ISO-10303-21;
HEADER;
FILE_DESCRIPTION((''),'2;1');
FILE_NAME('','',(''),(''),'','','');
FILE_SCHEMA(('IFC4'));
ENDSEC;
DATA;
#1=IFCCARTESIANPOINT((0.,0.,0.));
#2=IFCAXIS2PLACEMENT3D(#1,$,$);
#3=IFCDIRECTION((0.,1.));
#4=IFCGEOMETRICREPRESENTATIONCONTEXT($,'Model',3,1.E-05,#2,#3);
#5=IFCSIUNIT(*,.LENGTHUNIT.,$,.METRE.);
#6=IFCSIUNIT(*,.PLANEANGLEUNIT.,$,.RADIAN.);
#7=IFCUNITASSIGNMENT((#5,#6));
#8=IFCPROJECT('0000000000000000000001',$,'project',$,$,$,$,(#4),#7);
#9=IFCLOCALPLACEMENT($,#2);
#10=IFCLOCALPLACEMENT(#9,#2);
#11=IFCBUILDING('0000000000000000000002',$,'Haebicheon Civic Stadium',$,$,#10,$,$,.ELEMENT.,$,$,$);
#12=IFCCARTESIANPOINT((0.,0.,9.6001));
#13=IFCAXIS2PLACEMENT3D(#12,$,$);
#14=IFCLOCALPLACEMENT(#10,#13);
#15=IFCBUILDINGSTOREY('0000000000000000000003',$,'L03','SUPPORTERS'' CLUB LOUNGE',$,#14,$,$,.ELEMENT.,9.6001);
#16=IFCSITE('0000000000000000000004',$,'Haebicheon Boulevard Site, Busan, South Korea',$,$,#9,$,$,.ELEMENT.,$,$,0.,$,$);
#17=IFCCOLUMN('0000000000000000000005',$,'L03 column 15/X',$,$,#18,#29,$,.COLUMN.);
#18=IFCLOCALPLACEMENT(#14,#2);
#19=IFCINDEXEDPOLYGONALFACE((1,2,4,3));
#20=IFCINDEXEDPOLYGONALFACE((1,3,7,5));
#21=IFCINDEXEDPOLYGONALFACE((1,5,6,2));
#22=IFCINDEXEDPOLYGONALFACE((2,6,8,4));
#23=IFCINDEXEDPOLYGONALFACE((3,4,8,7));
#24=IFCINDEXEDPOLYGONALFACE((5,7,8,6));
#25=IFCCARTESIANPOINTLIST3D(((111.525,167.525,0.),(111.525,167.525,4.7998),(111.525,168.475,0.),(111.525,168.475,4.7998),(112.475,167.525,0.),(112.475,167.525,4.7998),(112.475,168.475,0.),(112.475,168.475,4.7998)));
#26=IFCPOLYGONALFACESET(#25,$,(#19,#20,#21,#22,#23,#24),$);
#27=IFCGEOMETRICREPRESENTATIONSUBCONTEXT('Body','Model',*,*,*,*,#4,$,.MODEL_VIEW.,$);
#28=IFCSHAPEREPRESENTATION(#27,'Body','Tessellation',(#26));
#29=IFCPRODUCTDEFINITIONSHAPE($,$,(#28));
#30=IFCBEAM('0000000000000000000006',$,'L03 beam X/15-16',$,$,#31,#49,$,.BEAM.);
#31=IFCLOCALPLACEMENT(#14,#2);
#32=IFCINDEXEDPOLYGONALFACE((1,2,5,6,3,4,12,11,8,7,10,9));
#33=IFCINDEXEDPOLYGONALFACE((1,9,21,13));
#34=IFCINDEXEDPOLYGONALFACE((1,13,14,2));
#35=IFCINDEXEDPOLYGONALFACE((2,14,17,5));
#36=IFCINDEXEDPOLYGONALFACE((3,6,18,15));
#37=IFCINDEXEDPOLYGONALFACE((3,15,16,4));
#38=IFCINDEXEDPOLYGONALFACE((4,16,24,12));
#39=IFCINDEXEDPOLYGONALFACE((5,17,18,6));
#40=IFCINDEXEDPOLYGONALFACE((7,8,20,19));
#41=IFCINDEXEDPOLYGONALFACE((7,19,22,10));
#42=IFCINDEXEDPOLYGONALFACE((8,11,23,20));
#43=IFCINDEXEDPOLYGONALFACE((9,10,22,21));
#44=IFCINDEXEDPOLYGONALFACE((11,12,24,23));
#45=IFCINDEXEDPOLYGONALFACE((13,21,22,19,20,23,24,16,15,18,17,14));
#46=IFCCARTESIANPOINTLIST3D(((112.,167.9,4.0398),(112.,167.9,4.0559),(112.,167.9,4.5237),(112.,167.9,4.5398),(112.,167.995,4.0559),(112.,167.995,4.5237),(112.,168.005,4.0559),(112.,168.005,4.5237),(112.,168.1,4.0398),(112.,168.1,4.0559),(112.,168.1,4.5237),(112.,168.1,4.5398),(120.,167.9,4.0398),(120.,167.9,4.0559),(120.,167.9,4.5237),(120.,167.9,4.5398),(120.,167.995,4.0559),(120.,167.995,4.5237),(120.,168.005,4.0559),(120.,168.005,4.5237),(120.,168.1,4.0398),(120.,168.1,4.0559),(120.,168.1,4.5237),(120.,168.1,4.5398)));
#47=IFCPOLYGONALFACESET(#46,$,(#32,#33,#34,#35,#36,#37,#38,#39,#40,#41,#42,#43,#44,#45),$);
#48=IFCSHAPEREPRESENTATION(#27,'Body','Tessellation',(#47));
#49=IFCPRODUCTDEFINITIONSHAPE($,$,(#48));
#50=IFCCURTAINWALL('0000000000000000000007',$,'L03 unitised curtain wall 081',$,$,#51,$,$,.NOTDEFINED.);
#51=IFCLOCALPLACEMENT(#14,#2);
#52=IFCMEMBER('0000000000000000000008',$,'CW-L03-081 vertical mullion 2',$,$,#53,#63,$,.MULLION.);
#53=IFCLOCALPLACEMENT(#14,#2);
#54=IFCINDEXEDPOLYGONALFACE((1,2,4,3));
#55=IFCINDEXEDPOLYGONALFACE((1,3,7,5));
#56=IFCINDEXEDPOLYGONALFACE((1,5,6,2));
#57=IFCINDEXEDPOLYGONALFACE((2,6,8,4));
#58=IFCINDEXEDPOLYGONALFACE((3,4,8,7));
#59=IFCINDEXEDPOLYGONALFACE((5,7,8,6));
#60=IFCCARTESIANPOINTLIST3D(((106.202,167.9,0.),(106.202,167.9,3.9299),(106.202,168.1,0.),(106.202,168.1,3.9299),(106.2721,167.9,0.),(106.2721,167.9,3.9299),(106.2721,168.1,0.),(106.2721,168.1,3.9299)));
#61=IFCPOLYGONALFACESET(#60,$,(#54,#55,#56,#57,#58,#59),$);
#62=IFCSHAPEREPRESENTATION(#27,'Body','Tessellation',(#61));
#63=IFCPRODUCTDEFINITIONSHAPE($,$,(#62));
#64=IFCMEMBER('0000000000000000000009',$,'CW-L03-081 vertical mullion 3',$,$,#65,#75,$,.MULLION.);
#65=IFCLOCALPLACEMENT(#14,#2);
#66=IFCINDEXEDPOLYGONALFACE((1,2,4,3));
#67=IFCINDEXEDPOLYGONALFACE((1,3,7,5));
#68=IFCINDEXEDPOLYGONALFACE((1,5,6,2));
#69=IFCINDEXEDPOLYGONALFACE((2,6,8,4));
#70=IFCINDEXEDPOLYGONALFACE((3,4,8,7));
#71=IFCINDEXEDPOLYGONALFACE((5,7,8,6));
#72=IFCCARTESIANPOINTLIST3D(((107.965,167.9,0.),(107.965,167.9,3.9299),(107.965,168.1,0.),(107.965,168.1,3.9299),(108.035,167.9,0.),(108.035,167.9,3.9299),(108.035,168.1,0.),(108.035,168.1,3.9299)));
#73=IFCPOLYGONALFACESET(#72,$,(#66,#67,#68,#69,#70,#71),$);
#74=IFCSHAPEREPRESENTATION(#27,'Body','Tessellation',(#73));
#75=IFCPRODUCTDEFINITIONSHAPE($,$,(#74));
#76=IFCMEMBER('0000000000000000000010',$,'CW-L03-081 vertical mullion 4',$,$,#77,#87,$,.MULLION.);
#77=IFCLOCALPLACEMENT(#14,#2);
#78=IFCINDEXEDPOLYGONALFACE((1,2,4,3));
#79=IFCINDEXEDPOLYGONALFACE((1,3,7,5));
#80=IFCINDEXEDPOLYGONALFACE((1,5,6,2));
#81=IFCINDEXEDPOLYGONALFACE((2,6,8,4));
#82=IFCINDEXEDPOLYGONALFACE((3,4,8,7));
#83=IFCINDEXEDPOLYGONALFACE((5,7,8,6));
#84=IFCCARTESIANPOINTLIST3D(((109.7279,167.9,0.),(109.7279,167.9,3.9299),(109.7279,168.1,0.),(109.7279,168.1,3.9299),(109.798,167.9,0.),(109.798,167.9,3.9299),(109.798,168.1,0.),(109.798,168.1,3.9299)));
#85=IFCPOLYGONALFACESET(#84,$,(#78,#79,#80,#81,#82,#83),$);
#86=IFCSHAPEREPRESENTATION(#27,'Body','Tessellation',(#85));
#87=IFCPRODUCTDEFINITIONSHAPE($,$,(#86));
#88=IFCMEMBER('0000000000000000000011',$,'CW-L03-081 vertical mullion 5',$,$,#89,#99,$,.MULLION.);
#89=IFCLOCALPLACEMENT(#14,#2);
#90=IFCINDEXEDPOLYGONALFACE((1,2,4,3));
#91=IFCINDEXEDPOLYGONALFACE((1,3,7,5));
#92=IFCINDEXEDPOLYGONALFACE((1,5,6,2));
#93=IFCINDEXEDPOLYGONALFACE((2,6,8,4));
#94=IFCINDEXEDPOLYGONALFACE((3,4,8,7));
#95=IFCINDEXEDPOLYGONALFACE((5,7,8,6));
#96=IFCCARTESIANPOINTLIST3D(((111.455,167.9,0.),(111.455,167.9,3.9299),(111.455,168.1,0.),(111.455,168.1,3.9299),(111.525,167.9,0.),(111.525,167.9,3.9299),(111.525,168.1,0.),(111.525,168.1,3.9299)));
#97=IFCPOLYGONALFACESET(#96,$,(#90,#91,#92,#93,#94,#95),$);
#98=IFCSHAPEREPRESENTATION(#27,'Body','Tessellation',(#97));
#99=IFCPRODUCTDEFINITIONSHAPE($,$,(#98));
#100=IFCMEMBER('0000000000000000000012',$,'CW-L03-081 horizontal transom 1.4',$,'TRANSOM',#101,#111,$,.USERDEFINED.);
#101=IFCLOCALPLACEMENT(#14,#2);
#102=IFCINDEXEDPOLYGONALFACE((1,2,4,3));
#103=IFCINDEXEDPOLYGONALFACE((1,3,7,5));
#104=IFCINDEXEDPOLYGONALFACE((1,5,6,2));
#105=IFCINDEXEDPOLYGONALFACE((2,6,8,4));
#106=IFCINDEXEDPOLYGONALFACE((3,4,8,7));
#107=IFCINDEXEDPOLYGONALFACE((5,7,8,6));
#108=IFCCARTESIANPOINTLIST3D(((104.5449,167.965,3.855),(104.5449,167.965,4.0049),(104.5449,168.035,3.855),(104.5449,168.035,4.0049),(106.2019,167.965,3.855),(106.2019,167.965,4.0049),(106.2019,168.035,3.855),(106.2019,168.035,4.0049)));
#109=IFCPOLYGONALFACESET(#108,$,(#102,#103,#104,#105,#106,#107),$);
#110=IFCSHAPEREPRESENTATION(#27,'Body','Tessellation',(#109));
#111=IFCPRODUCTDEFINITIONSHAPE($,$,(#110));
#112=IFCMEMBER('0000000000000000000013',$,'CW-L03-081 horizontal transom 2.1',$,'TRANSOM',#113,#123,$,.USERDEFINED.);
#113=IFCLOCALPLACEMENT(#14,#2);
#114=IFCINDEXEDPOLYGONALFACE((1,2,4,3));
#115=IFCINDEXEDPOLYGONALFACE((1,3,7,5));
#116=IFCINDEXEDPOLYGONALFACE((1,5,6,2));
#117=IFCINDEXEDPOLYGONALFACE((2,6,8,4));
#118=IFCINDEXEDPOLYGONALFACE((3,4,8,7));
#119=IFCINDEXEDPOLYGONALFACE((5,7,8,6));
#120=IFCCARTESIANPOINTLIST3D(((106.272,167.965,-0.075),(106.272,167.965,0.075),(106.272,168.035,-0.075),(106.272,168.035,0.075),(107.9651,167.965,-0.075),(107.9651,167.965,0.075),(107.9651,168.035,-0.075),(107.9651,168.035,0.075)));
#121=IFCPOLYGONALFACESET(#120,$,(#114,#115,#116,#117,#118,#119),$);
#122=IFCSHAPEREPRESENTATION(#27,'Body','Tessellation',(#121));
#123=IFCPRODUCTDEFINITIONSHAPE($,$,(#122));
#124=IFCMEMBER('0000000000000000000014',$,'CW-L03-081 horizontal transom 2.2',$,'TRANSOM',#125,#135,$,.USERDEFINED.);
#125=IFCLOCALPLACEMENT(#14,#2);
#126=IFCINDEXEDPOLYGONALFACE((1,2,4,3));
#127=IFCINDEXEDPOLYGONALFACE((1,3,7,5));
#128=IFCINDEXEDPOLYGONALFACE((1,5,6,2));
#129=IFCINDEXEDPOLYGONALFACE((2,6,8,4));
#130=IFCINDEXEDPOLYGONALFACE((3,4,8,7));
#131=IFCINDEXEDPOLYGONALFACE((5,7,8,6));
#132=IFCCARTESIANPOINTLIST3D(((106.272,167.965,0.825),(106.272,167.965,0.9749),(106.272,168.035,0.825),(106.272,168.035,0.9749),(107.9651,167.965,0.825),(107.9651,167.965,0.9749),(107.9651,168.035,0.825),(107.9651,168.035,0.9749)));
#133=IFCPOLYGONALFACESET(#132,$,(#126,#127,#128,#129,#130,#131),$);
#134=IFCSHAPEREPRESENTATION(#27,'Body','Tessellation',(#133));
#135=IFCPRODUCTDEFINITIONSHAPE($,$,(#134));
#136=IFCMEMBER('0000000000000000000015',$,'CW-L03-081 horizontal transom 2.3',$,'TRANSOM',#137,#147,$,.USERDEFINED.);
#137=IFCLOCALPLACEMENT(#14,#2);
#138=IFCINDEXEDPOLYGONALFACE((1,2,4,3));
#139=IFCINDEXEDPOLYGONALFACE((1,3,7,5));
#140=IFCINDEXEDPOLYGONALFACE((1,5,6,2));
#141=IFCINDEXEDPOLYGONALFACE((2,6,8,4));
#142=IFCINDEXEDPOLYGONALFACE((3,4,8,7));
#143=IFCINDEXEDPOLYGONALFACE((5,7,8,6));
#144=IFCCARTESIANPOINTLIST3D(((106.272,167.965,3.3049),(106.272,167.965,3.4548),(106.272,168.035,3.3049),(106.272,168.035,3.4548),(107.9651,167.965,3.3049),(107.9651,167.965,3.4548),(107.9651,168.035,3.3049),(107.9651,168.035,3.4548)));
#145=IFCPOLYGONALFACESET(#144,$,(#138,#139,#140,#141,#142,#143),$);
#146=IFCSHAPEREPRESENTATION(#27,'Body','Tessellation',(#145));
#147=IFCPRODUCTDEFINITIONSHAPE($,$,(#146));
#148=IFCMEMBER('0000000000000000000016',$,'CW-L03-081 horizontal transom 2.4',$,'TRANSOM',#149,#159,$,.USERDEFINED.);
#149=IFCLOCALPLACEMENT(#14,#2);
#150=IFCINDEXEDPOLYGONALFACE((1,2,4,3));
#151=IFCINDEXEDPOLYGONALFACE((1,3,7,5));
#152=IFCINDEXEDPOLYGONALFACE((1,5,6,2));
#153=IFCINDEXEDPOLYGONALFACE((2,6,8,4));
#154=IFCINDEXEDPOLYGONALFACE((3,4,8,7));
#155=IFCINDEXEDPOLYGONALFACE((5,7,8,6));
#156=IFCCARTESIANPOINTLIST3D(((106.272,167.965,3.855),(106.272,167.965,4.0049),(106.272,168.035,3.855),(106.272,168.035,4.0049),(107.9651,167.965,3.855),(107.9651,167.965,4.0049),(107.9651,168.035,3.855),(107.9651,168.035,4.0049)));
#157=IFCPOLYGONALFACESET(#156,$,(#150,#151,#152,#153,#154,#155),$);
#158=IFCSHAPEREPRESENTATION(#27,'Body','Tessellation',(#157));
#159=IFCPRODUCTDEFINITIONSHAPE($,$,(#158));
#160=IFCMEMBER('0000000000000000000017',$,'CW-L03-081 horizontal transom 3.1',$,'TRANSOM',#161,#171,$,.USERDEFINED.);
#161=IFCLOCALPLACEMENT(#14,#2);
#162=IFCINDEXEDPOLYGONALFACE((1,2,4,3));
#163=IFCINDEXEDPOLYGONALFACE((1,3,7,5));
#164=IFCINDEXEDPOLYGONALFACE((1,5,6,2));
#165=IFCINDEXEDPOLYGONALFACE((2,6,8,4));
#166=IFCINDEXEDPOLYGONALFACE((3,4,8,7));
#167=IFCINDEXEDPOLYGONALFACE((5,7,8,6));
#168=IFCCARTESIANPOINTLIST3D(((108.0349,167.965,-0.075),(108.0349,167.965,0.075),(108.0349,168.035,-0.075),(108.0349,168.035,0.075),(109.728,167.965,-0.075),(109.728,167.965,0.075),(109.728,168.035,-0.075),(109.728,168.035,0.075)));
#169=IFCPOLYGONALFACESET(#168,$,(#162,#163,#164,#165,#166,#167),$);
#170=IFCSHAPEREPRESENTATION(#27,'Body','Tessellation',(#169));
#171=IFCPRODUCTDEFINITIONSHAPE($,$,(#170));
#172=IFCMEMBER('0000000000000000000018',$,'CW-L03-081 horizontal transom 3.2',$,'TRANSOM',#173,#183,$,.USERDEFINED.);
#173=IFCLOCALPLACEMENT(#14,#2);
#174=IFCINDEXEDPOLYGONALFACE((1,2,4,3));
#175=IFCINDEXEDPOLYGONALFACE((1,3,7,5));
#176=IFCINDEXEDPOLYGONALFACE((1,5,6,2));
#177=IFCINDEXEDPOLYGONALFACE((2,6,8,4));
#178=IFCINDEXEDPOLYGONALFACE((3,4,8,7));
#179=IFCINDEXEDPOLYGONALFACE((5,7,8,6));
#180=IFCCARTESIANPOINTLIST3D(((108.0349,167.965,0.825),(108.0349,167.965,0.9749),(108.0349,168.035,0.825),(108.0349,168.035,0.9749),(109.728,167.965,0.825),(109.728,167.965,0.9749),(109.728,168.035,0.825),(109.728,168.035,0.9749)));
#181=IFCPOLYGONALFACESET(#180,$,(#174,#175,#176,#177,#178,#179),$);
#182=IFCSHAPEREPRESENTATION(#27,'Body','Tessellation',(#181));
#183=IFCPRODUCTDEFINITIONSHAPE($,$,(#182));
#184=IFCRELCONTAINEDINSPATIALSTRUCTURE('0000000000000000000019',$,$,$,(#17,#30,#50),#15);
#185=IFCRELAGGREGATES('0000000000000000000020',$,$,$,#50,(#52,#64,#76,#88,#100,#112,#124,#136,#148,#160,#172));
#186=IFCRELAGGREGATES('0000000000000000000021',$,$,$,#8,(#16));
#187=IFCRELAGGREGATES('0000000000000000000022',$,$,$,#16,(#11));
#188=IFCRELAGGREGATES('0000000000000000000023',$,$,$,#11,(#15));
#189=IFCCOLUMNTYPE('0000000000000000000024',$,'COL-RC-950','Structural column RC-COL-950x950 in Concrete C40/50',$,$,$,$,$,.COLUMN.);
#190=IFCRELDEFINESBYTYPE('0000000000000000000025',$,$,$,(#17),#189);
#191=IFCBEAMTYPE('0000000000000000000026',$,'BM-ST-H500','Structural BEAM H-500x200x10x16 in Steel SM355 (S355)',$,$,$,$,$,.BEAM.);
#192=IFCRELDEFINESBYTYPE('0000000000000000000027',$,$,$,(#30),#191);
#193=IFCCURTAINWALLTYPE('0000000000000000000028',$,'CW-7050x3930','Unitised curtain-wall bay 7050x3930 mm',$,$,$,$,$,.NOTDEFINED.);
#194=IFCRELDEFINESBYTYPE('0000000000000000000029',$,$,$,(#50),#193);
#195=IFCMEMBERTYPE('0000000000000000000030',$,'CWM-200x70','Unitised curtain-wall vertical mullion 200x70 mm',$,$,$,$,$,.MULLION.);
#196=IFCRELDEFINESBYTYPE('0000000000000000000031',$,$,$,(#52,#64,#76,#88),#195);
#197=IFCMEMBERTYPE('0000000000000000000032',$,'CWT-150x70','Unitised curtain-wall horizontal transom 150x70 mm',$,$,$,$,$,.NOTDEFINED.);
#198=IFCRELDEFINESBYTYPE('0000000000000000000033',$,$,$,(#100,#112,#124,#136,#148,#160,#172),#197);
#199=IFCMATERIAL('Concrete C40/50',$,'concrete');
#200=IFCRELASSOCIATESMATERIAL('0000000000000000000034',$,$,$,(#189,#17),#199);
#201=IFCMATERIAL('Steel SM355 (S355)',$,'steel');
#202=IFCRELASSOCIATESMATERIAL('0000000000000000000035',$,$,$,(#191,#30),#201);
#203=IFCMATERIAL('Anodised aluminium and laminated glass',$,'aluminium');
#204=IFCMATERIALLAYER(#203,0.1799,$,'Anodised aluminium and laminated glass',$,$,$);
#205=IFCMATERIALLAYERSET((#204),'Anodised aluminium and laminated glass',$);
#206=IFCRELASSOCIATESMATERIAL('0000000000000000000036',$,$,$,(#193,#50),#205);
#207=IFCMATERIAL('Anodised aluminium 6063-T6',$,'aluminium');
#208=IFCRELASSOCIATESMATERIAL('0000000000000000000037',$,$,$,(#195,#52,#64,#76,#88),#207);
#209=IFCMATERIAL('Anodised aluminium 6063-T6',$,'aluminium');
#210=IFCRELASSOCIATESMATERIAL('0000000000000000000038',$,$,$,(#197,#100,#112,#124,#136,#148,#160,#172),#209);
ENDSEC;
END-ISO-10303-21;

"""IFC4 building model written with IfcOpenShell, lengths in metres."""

from ifc_helpers import new_model, si_unit, direction, frame, origin, origin_2d, place, context, subcontext, project, spatial, rectangle, i_section, extrude, material, layer, layer_set, material_profile, profile_set, type_object, element, aggregate, save


model = new_model("IFC4")

# Units and contexts
model_context = context("Model", 3, precision=1e-05, world=origin(), true_north=direction((0.0, 1.0)))
body_context = subcontext(model_context, "Body", "Model", "MODEL_VIEW")
ifc_project = project(units=[si_unit("LENGTHUNIT", "METRE"), si_unit("PLANEANGLEUNIT", "RADIAN")], contexts=[model_context])

# Site, building, storey
site_placement = place(None, origin())
site = spatial("IfcSite", under=ifc_project, at=site_placement, Name="Haebicheon Boulevard Site, Busan, South Korea", CompositionType="ELEMENT", RefElevation=0.0)
building_placement = place(site_placement, origin())
building = spatial("IfcBuilding", under=site, at=building_placement, Name="Haebicheon Civic Stadium", CompositionType="ELEMENT")
storey_placement = place(building_placement, frame((0.0, 0.0, 9.6001)))
storey = spatial("IfcBuildingStorey", under=building, at=storey_placement, Name="L03", Description="SUPPORTERS' CLUB LOUNGE", CompositionType="ELEMENT", Elevation=9.6001)

# Column
ifc_material_1 = material(Name="Concrete C40/50", Category="concrete")
ifc_material_profile_1 = material_profile(ifc_material_1, rectangle(XDim=0.95, YDim=0.95, at=origin_2d()), Name="RC-COL-950x950")
ifc_profile_set_1 = profile_set([ifc_material_profile_1], Name="Concrete C40/50")
column_type = type_object("IfcColumnType", Name="COL-RC-950", Description="Structural column RC-COL-950x950 in Concrete C40/50", PredefinedType="COLUMN", material=ifc_profile_set_1)
column_placement = place(storey_placement, frame((112.0, 168.0, 0.0), z_axis=(0.0, 0.0, 1.0), x_axis=(1.0, 0.0, 0.0)))
element("IfcColumn", 1, at=column_placement, inside=storey, type_object=column_type, material=ifc_profile_set_1, Name="L03 column 15/X", PredefinedType="COLUMN", context=body_context, shape_type="SweptSolid", body=[
    extrude(rectangle(XDim=0.95, YDim=0.95, at=origin_2d()), origin(), (0.0, 0.0, 1.0), 4.7998),
])

# Beam
ifc_material_2 = material(Name="Steel SM355 (S355)", Category="steel")
ifc_material_profile_2 = material_profile(ifc_material_2, i_section(OverallWidth=0.2, OverallDepth=0.5, WebThickness=0.01, FlangeThickness=0.0161, at=origin_2d()), Name="H-500x200x10x16")
ifc_profile_set_2 = profile_set([ifc_material_profile_2], Name="Steel SM355 (S355)")
beam_type = type_object("IfcBeamType", Name="BM-ST-H500", Description="Structural BEAM H-500x200x10x16 in Steel SM355 (S355)", PredefinedType="BEAM", material=ifc_profile_set_2)
beam_placement = place(storey_placement, frame((112.0, 168.0, 4.2898), z_axis=(1.0, 0.0, 0.0), x_axis=(0.0, 1.0, 0.0)))
element("IfcBeam", 2, at=beam_placement, inside=storey, type_object=beam_type, material=ifc_profile_set_2, Name="L03 beam X/15-16", PredefinedType="BEAM", context=body_context, shape_type="SweptSolid", body=[
    extrude(i_section(OverallWidth=0.2, OverallDepth=0.5, WebThickness=0.01, FlangeThickness=0.0161, at=origin_2d()), origin(), (0.0, 0.0, 1.0), 8.0),
])

# Curtain wall, members
ifc_material_3 = material(Name="Anodised aluminium and laminated glass", Category="aluminium")
ifc_layer_1 = layer(ifc_material_3, 0.1799, Name="Anodised aluminium and laminated glass")
ifc_layer_set_1 = layer_set([ifc_layer_1], Name="Anodised aluminium and laminated glass")
curtain_wall_type = type_object("IfcCurtainWallType", Name="CW-7050x3930", Description="Unitised curtain-wall bay 7050x3930 mm", PredefinedType="NOTDEFINED", material=ifc_layer_set_1)
curtain_wall_placement = place(storey_placement, origin())
curtain_wall = element("IfcCurtainWall", 3, at=curtain_wall_placement, inside=storey, type_object=curtain_wall_type, material=ifc_layer_set_1, Name="L03 unitised curtain wall 081", PredefinedType="NOTDEFINED")
ifc_material_4 = material(Name="Anodised aluminium 6063-T6", Category="aluminium")
ifc_material_profile_3 = material_profile(ifc_material_4, rectangle(XDim=0.0701, YDim=0.2, at=origin_2d()), Name="ALU-MULL-70x200")
ifc_profile_set_3 = profile_set([ifc_material_profile_3], Name="Anodised aluminium 6063-T6")
member_type_1 = type_object("IfcMemberType", Name="CWM-200x70", Description="Unitised curtain-wall vertical mullion 200x70 mm", PredefinedType="MULLION", material=ifc_profile_set_3)
member_1_placement = place(storey_placement, frame((106.2371, 168.0, 0.0), z_axis=(0.0, 0.0, 1.0), x_axis=(1.0, 0.0, 0.0)))
member_1 = element("IfcMember", 4, at=member_1_placement, type_object=member_type_1, material=ifc_profile_set_3, Name="CW-L03-081 vertical mullion 2", PredefinedType="MULLION", context=body_context, shape_type="SweptSolid", body=[
    extrude(rectangle(XDim=0.0701, YDim=0.2, at=origin_2d()), origin(), (0.0, 0.0, 1.0), 3.9299),
])
member_2_placement = place(storey_placement, frame((108.0, 168.0, 0.0), z_axis=(0.0, 0.0, 1.0), x_axis=(1.0, 0.0, 0.0)))
member_2 = element("IfcMember", 5, at=member_2_placement, type_object=member_type_1, material=ifc_profile_set_3, Name="CW-L03-081 vertical mullion 3", PredefinedType="MULLION", context=body_context, shape_type="SweptSolid", body=[
    extrude(rectangle(XDim=0.0701, YDim=0.2, at=origin_2d()), origin(), (0.0, 0.0, 1.0), 3.9299),
])
member_3_placement = place(storey_placement, frame((109.7629, 168.0, 0.0), z_axis=(0.0, 0.0, 1.0), x_axis=(1.0, 0.0, 0.0)))
member_3 = element("IfcMember", 6, at=member_3_placement, type_object=member_type_1, material=ifc_profile_set_3, Name="CW-L03-081 vertical mullion 4", PredefinedType="MULLION", context=body_context, shape_type="SweptSolid", body=[
    extrude(rectangle(XDim=0.0701, YDim=0.2, at=origin_2d()), origin(), (0.0, 0.0, 1.0), 3.9299),
])
member_4_placement = place(storey_placement, frame((111.49, 168.0, 0.0), z_axis=(0.0, 0.0, 1.0), x_axis=(1.0, 0.0, 0.0)))
member_4 = element("IfcMember", 7, at=member_4_placement, type_object=member_type_1, material=ifc_profile_set_3, Name="CW-L03-081 vertical mullion 5", PredefinedType="MULLION", context=body_context, shape_type="SweptSolid", body=[
    extrude(rectangle(XDim=0.0701, YDim=0.2, at=origin_2d()), origin(), (0.0, 0.0, 1.0), 3.9299),
])
ifc_material_5 = material(Name="Anodised aluminium 6063-T6", Category="aluminium")
ifc_material_profile_4 = material_profile(ifc_material_5, rectangle(XDim=0.0701, YDim=0.1499, at=origin_2d()), Name="ALU-TRAN-70x150")
ifc_profile_set_4 = profile_set([ifc_material_profile_4], Name="Anodised aluminium 6063-T6")
member_type_2 = type_object("IfcMemberType", Name="CWT-150x70", Description="Unitised curtain-wall horizontal transom 150x70 mm", PredefinedType="NOTDEFINED", material=ifc_profile_set_4)
member_5_placement = place(storey_placement, frame((104.5449, 168.0, 3.9299), z_axis=(1.0, 0.0, 0.0), x_axis=(0.0, 1.0, 0.0)))
member_5 = element("IfcMember", 8, at=member_5_placement, type_object=member_type_2, material=ifc_profile_set_4, Name="CW-L03-081 horizontal transom 1.4", ObjectType="TRANSOM", PredefinedType="USERDEFINED", context=body_context, shape_type="SweptSolid", body=[
    extrude(rectangle(XDim=0.0701, YDim=0.1499, at=origin_2d()), origin(), (0.0, 0.0, 1.0), 1.657),
])
member_6_placement = place(storey_placement, frame((106.272, 168.0, 0.0), z_axis=(1.0, 0.0, 0.0), x_axis=(0.0, 1.0, 0.0)))
member_6 = element("IfcMember", 9, at=member_6_placement, type_object=member_type_2, material=ifc_profile_set_4, Name="CW-L03-081 horizontal transom 2.1", ObjectType="TRANSOM", PredefinedType="USERDEFINED", context=body_context, shape_type="SweptSolid", body=[
    extrude(rectangle(XDim=0.0701, YDim=0.1499, at=origin_2d()), origin(), (0.0, 0.0, 1.0), 1.6931),
])
member_7_placement = place(storey_placement, frame((106.272, 168.0, 0.8999), z_axis=(1.0, 0.0, 0.0), x_axis=(0.0, 1.0, 0.0)))
member_7 = element("IfcMember", 10, at=member_7_placement, type_object=member_type_2, material=ifc_profile_set_4, Name="CW-L03-081 horizontal transom 2.2", ObjectType="TRANSOM", PredefinedType="USERDEFINED", context=body_context, shape_type="SweptSolid", body=[
    extrude(rectangle(XDim=0.0701, YDim=0.1499, at=origin_2d()), origin(), (0.0, 0.0, 1.0), 1.6931),
])
member_8_placement = place(storey_placement, frame((106.272, 168.0, 3.3799), z_axis=(1.0, 0.0, 0.0), x_axis=(0.0, 1.0, 0.0)))
member_8 = element("IfcMember", 11, at=member_8_placement, type_object=member_type_2, material=ifc_profile_set_4, Name="CW-L03-081 horizontal transom 2.3", ObjectType="TRANSOM", PredefinedType="USERDEFINED", context=body_context, shape_type="SweptSolid", body=[
    extrude(rectangle(XDim=0.0701, YDim=0.1499, at=origin_2d()), origin(), (0.0, 0.0, 1.0), 1.6931),
])
member_9_placement = place(storey_placement, frame((106.272, 168.0, 3.9299), z_axis=(1.0, 0.0, 0.0), x_axis=(0.0, 1.0, 0.0)))
member_9 = element("IfcMember", 12, at=member_9_placement, type_object=member_type_2, material=ifc_profile_set_4, Name="CW-L03-081 horizontal transom 2.4", ObjectType="TRANSOM", PredefinedType="USERDEFINED", context=body_context, shape_type="SweptSolid", body=[
    extrude(rectangle(XDim=0.0701, YDim=0.1499, at=origin_2d()), origin(), (0.0, 0.0, 1.0), 1.6931),
])
member_10_placement = place(storey_placement, frame((108.0349, 168.0, 0.0), z_axis=(1.0, 0.0, 0.0), x_axis=(0.0, 1.0, 0.0)))
member_10 = element("IfcMember", 13, at=member_10_placement, type_object=member_type_2, material=ifc_profile_set_4, Name="CW-L03-081 horizontal transom 3.1", ObjectType="TRANSOM", PredefinedType="USERDEFINED", context=body_context, shape_type="SweptSolid", body=[
    extrude(rectangle(XDim=0.0701, YDim=0.1499, at=origin_2d()), origin(), (0.0, 0.0, 1.0), 1.6931),
])
member_11_placement = place(storey_placement, frame((108.0349, 168.0, 0.8999), z_axis=(1.0, 0.0, 0.0), x_axis=(0.0, 1.0, 0.0)))
member_11 = element("IfcMember", 14, at=member_11_placement, type_object=member_type_2, material=ifc_profile_set_4, Name="CW-L03-081 horizontal transom 3.2", ObjectType="TRANSOM", PredefinedType="USERDEFINED", context=body_context, shape_type="SweptSolid", body=[
    extrude(rectangle(XDim=0.0701, YDim=0.1499, at=origin_2d()), origin(), (0.0, 0.0, 1.0), 1.6931),
])
aggregate(curtain_wall, [member_1, member_2, member_3, member_4, member_5, member_6, member_7, member_8, member_9, member_10, member_11])

save(model, "model.ifc")
